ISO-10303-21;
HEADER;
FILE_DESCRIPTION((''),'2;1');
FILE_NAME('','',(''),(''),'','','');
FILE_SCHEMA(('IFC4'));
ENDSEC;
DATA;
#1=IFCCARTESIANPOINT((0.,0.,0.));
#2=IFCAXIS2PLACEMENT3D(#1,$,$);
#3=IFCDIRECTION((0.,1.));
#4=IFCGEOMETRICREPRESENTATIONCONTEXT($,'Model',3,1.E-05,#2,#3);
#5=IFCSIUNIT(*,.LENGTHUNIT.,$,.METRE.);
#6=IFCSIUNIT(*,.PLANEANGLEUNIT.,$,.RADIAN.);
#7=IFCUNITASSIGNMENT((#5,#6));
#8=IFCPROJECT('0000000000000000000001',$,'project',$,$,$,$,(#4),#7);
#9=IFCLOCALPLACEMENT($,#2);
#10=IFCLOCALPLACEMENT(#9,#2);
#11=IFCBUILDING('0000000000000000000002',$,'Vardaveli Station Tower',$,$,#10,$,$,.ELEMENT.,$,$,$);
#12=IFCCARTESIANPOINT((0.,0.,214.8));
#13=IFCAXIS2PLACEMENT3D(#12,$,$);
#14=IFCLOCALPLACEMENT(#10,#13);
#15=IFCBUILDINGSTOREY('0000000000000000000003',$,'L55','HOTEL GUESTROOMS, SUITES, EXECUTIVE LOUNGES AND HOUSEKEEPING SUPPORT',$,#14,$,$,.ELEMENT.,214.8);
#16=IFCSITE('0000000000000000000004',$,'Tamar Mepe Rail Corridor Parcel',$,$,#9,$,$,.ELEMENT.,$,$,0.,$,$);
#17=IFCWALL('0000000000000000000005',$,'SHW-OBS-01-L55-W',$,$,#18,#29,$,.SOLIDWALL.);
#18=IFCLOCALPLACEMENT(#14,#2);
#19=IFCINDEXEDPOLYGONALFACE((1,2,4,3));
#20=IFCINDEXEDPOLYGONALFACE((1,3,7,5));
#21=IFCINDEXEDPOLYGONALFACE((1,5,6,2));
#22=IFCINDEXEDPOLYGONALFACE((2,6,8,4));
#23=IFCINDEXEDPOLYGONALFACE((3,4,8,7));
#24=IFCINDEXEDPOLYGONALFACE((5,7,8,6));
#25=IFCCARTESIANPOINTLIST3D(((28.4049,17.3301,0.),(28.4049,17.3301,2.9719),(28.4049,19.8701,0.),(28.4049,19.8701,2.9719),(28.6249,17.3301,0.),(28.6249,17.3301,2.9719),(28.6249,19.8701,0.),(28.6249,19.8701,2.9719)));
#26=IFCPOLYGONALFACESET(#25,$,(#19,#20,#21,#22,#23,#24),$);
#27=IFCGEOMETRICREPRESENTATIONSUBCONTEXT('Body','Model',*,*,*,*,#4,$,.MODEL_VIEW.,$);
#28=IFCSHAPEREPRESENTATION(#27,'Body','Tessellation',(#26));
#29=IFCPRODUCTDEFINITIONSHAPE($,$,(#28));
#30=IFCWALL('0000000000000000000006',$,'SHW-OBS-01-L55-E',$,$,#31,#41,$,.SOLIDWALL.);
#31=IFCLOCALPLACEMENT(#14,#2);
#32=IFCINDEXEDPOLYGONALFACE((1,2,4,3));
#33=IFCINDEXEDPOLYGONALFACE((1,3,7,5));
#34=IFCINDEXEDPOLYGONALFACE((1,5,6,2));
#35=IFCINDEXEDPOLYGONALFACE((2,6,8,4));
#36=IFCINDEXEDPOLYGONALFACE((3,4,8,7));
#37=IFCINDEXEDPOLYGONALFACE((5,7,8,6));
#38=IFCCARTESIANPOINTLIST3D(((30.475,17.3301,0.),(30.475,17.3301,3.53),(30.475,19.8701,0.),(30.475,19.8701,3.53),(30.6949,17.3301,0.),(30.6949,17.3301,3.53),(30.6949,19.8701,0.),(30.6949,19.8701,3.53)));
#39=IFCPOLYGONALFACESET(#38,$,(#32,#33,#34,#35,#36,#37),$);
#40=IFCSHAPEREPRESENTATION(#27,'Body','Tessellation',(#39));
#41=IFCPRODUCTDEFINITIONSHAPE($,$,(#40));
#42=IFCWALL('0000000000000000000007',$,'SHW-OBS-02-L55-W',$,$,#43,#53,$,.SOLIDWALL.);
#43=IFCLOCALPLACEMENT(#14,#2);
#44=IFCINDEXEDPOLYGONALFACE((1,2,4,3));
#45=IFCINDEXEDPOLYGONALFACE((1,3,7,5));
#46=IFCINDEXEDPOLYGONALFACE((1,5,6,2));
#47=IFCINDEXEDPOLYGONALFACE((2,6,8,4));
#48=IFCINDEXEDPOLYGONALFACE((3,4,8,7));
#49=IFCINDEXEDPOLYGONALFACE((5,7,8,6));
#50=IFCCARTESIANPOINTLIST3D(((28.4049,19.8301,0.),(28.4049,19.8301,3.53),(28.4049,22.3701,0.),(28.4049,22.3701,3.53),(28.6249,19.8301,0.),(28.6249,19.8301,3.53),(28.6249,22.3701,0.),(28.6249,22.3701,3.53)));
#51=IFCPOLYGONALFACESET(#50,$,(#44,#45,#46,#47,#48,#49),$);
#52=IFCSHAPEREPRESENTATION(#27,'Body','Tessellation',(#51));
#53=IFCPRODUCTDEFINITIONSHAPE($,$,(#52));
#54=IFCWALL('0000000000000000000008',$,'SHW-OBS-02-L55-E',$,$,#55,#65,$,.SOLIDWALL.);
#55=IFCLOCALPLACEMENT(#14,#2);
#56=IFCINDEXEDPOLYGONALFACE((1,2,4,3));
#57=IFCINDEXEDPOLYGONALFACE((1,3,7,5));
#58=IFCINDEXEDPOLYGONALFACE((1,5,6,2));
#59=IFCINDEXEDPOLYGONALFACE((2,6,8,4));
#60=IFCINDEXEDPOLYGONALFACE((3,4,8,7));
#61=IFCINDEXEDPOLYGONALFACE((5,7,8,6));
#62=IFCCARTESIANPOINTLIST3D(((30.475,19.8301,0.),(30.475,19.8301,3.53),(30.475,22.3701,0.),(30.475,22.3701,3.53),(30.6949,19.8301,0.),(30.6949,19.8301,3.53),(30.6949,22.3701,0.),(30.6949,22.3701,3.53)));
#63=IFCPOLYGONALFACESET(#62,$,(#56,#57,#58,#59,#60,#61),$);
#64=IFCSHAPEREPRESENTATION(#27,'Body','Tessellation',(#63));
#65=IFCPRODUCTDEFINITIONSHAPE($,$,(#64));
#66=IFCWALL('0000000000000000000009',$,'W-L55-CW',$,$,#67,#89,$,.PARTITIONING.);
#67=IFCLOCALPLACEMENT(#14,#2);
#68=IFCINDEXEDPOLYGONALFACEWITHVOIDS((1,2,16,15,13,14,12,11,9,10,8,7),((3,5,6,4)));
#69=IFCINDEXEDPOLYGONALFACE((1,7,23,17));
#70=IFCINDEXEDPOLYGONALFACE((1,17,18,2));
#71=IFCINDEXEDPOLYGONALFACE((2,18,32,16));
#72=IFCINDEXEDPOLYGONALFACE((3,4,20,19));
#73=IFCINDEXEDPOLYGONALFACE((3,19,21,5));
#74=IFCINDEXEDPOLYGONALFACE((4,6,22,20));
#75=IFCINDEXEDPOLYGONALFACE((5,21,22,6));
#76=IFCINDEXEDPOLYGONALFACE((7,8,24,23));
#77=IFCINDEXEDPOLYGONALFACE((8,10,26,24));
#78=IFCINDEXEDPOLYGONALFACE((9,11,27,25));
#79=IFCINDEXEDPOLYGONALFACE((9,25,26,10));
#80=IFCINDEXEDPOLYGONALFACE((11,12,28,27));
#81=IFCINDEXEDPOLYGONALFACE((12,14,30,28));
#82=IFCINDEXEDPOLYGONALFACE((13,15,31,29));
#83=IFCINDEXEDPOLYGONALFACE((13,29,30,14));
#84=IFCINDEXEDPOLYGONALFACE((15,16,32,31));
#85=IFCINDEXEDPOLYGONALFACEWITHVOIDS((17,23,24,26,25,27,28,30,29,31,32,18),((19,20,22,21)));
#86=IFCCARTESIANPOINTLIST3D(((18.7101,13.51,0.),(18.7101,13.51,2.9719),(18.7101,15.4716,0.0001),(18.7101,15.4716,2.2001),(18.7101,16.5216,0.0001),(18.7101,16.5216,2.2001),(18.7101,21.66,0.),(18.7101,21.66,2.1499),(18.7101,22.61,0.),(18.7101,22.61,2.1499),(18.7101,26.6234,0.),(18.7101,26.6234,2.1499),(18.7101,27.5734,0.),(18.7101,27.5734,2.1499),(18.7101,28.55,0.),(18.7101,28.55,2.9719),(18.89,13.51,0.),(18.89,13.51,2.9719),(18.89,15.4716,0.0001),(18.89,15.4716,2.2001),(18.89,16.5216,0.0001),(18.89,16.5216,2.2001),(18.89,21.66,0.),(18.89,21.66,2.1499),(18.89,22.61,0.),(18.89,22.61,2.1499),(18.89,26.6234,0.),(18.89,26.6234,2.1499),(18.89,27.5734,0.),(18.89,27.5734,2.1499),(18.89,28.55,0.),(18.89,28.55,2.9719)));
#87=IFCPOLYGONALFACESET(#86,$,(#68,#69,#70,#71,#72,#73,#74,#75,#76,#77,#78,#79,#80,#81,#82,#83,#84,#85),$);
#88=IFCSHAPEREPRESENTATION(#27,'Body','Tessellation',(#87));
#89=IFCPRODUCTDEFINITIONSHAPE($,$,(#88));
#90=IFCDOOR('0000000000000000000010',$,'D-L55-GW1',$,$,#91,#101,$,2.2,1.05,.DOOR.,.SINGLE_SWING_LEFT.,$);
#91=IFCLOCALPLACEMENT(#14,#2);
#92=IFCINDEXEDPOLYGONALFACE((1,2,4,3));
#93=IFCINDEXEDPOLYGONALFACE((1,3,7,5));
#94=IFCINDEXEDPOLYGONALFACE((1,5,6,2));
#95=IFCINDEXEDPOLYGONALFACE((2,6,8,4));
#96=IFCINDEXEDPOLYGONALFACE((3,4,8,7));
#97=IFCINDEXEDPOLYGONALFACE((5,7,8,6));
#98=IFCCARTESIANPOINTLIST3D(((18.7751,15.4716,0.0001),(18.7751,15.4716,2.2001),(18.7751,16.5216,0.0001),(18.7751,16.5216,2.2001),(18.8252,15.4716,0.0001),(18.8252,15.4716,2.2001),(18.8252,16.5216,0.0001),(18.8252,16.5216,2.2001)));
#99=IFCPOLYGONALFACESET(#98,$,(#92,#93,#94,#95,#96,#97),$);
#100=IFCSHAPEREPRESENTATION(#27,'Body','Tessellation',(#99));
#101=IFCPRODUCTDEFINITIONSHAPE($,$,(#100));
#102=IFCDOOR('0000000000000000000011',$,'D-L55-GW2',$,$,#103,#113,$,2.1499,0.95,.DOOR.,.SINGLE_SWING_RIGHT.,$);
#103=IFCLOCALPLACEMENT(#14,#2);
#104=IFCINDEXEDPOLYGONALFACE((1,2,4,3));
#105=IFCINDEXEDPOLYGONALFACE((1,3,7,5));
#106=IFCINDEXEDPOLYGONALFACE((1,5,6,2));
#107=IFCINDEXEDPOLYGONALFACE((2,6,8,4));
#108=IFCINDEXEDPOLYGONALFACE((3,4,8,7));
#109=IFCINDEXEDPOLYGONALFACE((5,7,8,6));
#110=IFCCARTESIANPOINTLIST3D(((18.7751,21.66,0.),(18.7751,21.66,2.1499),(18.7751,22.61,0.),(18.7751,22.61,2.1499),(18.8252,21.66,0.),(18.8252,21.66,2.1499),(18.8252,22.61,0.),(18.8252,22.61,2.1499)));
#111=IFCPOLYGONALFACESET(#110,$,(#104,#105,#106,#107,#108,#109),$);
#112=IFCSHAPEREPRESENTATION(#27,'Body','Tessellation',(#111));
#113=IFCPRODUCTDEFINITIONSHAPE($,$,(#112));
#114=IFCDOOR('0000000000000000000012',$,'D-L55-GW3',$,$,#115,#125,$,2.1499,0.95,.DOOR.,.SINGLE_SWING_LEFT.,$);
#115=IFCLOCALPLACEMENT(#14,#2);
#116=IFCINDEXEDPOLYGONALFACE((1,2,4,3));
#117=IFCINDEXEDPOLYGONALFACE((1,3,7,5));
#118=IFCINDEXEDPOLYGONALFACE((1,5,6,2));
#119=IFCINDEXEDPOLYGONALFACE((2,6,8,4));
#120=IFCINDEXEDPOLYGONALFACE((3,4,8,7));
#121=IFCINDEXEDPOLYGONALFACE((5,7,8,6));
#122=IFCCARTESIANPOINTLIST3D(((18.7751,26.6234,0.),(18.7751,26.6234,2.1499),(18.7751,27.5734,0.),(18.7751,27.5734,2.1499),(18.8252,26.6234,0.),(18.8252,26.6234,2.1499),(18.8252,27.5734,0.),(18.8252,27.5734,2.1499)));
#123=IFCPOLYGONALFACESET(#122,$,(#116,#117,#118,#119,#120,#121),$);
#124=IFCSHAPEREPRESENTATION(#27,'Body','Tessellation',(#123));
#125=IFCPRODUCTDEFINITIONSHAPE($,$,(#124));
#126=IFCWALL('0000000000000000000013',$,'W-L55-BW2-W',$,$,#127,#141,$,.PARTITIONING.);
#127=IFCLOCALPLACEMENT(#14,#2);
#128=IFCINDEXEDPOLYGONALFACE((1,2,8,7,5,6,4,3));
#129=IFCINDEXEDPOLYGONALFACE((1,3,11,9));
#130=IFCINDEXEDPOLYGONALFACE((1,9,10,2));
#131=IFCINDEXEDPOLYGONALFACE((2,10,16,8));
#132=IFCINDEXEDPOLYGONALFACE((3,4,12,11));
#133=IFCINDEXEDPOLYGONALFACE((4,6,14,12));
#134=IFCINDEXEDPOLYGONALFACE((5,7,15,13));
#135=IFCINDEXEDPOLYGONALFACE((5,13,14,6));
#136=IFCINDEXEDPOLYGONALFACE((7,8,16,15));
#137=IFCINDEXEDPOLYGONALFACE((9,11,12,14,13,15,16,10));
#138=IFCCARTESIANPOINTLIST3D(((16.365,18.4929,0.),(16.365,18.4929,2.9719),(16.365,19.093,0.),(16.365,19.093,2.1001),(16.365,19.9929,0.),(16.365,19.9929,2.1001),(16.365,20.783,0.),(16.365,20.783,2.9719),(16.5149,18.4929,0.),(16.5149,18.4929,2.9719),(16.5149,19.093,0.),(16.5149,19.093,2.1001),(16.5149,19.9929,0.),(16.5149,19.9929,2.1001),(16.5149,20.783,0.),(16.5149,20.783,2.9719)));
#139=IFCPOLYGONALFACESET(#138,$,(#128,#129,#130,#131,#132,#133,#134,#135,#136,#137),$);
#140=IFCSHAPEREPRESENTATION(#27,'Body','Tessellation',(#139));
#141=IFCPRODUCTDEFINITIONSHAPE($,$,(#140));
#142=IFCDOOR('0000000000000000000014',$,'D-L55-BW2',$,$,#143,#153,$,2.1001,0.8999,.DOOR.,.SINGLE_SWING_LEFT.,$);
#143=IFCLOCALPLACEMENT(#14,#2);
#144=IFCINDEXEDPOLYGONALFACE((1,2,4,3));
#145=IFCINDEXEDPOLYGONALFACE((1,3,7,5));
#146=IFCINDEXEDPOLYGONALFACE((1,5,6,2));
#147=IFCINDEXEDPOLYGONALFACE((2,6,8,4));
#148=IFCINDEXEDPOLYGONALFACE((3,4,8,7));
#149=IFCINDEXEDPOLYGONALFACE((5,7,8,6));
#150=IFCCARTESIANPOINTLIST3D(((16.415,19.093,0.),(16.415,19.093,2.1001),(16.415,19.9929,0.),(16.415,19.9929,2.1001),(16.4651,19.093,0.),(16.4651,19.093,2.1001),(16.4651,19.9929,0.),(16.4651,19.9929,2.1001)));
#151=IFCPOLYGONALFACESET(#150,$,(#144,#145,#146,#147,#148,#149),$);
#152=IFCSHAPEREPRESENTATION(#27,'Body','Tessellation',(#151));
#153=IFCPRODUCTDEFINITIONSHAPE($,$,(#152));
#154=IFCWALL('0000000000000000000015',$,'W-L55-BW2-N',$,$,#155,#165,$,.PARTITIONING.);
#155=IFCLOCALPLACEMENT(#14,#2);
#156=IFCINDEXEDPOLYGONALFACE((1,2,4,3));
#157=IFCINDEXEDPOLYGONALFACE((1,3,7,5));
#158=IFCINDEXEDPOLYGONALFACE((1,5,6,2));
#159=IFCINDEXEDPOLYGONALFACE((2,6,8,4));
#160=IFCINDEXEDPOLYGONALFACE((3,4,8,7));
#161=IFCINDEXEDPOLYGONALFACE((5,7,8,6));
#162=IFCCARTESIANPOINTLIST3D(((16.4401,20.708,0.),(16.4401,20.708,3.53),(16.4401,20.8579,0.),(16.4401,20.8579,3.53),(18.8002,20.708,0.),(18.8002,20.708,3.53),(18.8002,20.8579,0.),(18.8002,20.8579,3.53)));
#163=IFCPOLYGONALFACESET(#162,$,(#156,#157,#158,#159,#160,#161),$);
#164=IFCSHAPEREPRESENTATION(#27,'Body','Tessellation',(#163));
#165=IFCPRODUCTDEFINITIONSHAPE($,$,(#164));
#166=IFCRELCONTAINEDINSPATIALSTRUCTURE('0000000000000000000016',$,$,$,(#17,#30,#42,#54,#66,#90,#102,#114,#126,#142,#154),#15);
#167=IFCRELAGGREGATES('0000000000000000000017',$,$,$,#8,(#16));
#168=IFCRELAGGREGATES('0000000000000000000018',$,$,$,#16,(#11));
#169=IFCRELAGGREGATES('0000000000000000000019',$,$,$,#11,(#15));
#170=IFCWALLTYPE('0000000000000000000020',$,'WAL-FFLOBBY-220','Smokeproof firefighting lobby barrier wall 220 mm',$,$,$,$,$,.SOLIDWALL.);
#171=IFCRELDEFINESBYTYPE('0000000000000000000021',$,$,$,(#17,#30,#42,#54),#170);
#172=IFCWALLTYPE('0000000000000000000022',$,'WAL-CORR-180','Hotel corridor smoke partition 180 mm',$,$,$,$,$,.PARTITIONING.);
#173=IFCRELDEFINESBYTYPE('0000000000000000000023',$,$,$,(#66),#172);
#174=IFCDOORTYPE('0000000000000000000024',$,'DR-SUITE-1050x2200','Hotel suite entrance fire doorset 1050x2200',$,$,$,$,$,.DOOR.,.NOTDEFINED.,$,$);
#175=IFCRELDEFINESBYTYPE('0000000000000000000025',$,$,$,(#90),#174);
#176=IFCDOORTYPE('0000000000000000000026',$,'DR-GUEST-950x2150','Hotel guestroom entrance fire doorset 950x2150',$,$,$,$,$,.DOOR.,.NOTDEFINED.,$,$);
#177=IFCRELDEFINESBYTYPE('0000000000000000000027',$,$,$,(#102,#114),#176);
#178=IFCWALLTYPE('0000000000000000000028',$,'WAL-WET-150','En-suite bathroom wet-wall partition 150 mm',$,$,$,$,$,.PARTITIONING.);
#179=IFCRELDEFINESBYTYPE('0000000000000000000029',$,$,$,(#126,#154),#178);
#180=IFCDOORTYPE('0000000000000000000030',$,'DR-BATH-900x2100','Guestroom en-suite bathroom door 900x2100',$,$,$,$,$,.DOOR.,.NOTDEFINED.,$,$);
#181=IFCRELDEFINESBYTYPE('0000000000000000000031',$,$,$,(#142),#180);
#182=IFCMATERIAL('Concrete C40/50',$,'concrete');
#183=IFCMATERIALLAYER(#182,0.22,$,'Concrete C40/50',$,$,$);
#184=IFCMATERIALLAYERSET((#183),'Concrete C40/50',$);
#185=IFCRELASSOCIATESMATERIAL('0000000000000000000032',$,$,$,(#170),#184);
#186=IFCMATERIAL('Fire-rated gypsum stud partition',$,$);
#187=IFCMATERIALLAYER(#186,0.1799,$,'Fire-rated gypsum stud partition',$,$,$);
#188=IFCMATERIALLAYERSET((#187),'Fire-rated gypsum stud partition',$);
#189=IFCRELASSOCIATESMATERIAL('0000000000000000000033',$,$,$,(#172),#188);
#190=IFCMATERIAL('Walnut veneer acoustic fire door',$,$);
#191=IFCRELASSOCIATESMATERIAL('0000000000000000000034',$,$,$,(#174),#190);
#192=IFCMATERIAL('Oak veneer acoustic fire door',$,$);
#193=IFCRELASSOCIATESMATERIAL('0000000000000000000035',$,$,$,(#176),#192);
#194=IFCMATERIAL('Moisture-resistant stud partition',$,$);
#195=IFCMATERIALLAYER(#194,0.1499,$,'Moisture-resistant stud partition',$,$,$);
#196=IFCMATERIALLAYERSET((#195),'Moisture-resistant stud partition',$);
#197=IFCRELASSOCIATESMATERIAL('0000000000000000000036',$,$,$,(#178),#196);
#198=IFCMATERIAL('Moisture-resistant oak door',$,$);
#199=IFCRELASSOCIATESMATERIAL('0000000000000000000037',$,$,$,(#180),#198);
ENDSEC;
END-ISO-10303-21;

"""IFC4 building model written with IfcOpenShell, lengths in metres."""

from ifc_helpers import new_model, si_unit, direction, frame, frame_2d, origin, place, context, subcontext, project, spatial, rectangle, extrude, source, transform, mapped, material, layer, layer_set, type_object, element, fill, save


model = new_model("IFC4")

# Units and contexts
model_context = context("Model", 3, precision=1e-05, world=origin(), true_north=direction((0.0, 1.0)))
body_context = subcontext(model_context, "Body", "Model", "MODEL_VIEW")
ifc_project = project(units=[si_unit("LENGTHUNIT", "METRE"), si_unit("PLANEANGLEUNIT", "RADIAN")], contexts=[model_context])

# Site, building, storey
site_placement = place(None, origin())
site = spatial("IfcSite", under=ifc_project, at=site_placement, Name="Tamar Mepe Rail Corridor Parcel", CompositionType="ELEMENT", RefElevation=0.0)
building_placement = place(site_placement, origin())
building = spatial("IfcBuilding", under=site, at=building_placement, Name="Vardaveli Station Tower", CompositionType="ELEMENT")
storey_placement = place(building_placement, frame((0.0, 0.0, 214.8)))
storey = spatial("IfcBuildingStorey", under=building, at=storey_placement, Name="L55", Description="HOTEL GUESTROOMS, SUITES, EXECUTIVE LOUNGES AND HOUSEKEEPING SUPPORT", CompositionType="ELEMENT", Elevation=214.8)

# Walls
ifc_material_1 = material(Name="Concrete C40/50", Category="concrete")
ifc_layer_1 = layer(ifc_material_1, 0.22, Name="Concrete C40/50")
ifc_layer_set_1 = layer_set([ifc_layer_1], Name="Concrete C40/50")
wall_type_1 = type_object("IfcWallType", Name="WAL-FFLOBBY-220", Description="Smokeproof firefighting lobby barrier wall 220 mm", PredefinedType="SOLIDWALL", material=ifc_layer_set_1)
shared_shape_1 = source(origin(), body_context, "Body", "SweptSolid", [
    extrude(rectangle(XDim=2.54, YDim=0.22, at=frame_2d((1.27, 0.0))), origin(), (0.0, 0.0, 1.0), 2.9719),
])
wall_1_placement = place(storey_placement, frame((28.5149, 17.3301, 0.0), z_axis=(0.0, 0.0, 1.0), x_axis=(0.0, 1.0, 0.0)))
element("IfcWall", 1, at=wall_1_placement, inside=storey, type_object=wall_type_1, Name="SHW-OBS-01-L55-W", PredefinedType="SOLIDWALL", context=body_context, shape_type="MappedRepresentation", body=[
    mapped(shared_shape_1, transform((0.0, 0.0, 0.0), scale=1.0)),
])
shared_shape_2 = source(origin(), body_context, "Body", "SweptSolid", [
    extrude(rectangle(XDim=2.54, YDim=0.22, at=frame_2d((1.27, 0.0))), origin(), (0.0, 0.0, 1.0), 3.53),
])
for number, where, z_axis, x_axis, name in (
    (2, (30.585, 17.3301, 0.0), (0.0, 0.0, 1.0), (0.0, 1.0, 0.0), "SHW-OBS-01-L55-E"),
    (3, (28.5149, 19.8301, 0.0), (0.0, 0.0, 1.0), (0.0, 1.0, 0.0), "SHW-OBS-02-L55-W"),
    (4, (30.585, 19.8301, 0.0), (0.0, 0.0, 1.0), (0.0, 1.0, 0.0), "SHW-OBS-02-L55-E"),
):
    element("IfcWall", number, at=place(storey_placement, frame(where, z_axis=z_axis, x_axis=x_axis)), inside=storey, type_object=wall_type_1, Name=name, PredefinedType="SOLIDWALL", context=body_context, shape_type="MappedRepresentation", body=[
        mapped(shared_shape_2, transform((0.0, 0.0, 0.0), scale=1.0)),
    ])

# Wall, openings, doors
ifc_material_2 = material(Name="Fire-rated gypsum stud partition")
ifc_layer_2 = layer(ifc_material_2, 0.1799, Name="Fire-rated gypsum stud partition")
ifc_layer_set_2 = layer_set([ifc_layer_2], Name="Fire-rated gypsum stud partition")
wall_type_2 = type_object("IfcWallType", Name="WAL-CORR-180", Description="Hotel corridor smoke partition 180 mm", PredefinedType="PARTITIONING", material=ifc_layer_set_2)
shared_shape_3 = source(origin(), body_context, "Body", "SweptSolid", [
    extrude(rectangle(XDim=15.04, YDim=0.1799, at=frame_2d((7.52, 0.0))), origin(), (0.0, 0.0, 1.0), 2.9719),
])
wall_2_placement = place(storey_placement, frame((18.8, 13.51, 0.0), z_axis=(0.0, 0.0, 1.0), x_axis=(0.0, 1.0, 0.0)))
wall_2 = element("IfcWall", 5, at=wall_2_placement, inside=storey, type_object=wall_type_2, Name="W-L55-CW", PredefinedType="PARTITIONING", context=body_context, shape_type="MappedRepresentation", body=[
    mapped(shared_shape_3, transform((0.0, 0.0, 0.0), scale=1.0)),
])
shared_shape_4 = source(origin(), body_context, "Body", "SweptSolid", [
    extrude(rectangle(XDim=1.05, YDim=2.2, at=frame_2d((0.5249, 1.1001))), frame((0.0, 0.1001, 0.0), z_axis=(0.0, -1.0, 0.0), x_axis=(1.0, 0.0, 0.0)), (0.0, 0.0, 1.0), 0.2),
])
opening_1_placement = place(wall_2_placement, frame((1.9617, 0.0, 0.0)))
opening_1 = element("IfcOpeningElement", 6, at=opening_1_placement, cuts=wall_2, PredefinedType="OPENING", context=body_context, shape_type="MappedRepresentation", body=[
    mapped(shared_shape_4, transform((0.0, 0.0, 0.0), scale=1.0)),
])
shared_shape_5 = source(origin(), body_context, "Body", "SweptSolid", [
    extrude(rectangle(XDim=0.95, YDim=2.1499, at=frame_2d((0.4751, 1.075))), frame((0.0, 0.1001, 0.0), z_axis=(0.0, -1.0, 0.0), x_axis=(1.0, 0.0, 0.0)), (0.0, 0.0, 1.0), 0.2),
])
opening_2_placement = place(wall_2_placement, frame((8.1499, 0.0, 0.0)))
opening_2 = element("IfcOpeningElement", 7, at=opening_2_placement, cuts=wall_2, PredefinedType="OPENING", context=body_context, shape_type="MappedRepresentation", body=[
    mapped(shared_shape_5, transform((0.0, 0.0, 0.0), scale=1.0)),
])
opening_3_placement = place(wall_2_placement, frame((13.1133, 0.0, 0.0)))
opening_3 = element("IfcOpeningElement", 8, at=opening_3_placement, cuts=wall_2, PredefinedType="OPENING", context=body_context, shape_type="MappedRepresentation", body=[
    mapped(shared_shape_5, transform((0.0, 0.0, 0.0), scale=1.0)),
])
ifc_material_3 = material(Name="Walnut veneer acoustic fire door")
door_type_1 = type_object("IfcDoorType", Name="DR-SUITE-1050x2200", Description="Hotel suite entrance fire doorset 1050x2200", OperationType="NOTDEFINED", PredefinedType="DOOR", material=ifc_material_3)
shared_shape_6 = source(origin(), body_context, "Body", "SweptSolid", [
    extrude(rectangle(XDim=1.05, YDim=2.2, at=frame_2d((0.5249, 1.1001))), frame((0.0, 0.0249, 0.0), z_axis=(0.0, -1.0, 0.0), x_axis=(1.0, 0.0, 0.0)), (0.0, 0.0, 1.0), 0.05),
])
door_1_placement = place(opening_1_placement, origin())
door_1 = element("IfcDoor", 9, at=door_1_placement, inside=storey, type_object=door_type_1, Name="D-L55-GW1", OperationType="SINGLE_SWING_LEFT", OverallHeight=2.2, OverallWidth=1.05, PredefinedType="DOOR", context=body_context, shape_type="MappedRepresentation", body=[
    mapped(shared_shape_6, transform((0.0, 0.0, 0.0), scale=1.0)),
])
fill(opening_1, door_1)
ifc_material_4 = material(Name="Oak veneer acoustic fire door")
door_type_2 = type_object("IfcDoorType", Name="DR-GUEST-950x2150", Description="Hotel guestroom entrance fire doorset 950x2150", OperationType="NOTDEFINED", PredefinedType="DOOR", material=ifc_material_4)
shared_shape_7 = source(origin(), body_context, "Body", "SweptSolid", [
    extrude(rectangle(XDim=0.95, YDim=2.1499, at=frame_2d((0.4751, 1.075))), frame((0.0, 0.0249, 0.0), z_axis=(0.0, -1.0, 0.0), x_axis=(1.0, 0.0, 0.0)), (0.0, 0.0, 1.0), 0.05),
])
door_2_placement = place(opening_2_placement, origin())
door_2 = element("IfcDoor", 10, at=door_2_placement, inside=storey, type_object=door_type_2, Name="D-L55-GW2", OperationType="SINGLE_SWING_RIGHT", OverallHeight=2.1499, OverallWidth=0.95, PredefinedType="DOOR", context=body_context, shape_type="MappedRepresentation", body=[
    mapped(shared_shape_7, transform((0.0, 0.0, 0.0), scale=1.0)),
])
fill(opening_2, door_2)
door_3_placement = place(opening_3_placement, origin())
door_3 = element("IfcDoor", 11, at=door_3_placement, inside=storey, type_object=door_type_2, Name="D-L55-GW3", OperationType="SINGLE_SWING_LEFT", OverallHeight=2.1499, OverallWidth=0.95, PredefinedType="DOOR", context=body_context, shape_type="MappedRepresentation", body=[
    mapped(shared_shape_7, transform((0.0, 0.0, 0.0), scale=1.0)),
])
fill(opening_3, door_3)

# Wall, opening, door
ifc_material_5 = material(Name="Moisture-resistant stud partition")
ifc_layer_3 = layer(ifc_material_5, 0.1499, Name="Moisture-resistant stud partition")
ifc_layer_set_3 = layer_set([ifc_layer_3], Name="Moisture-resistant stud partition")
wall_type_3 = type_object("IfcWallType", Name="WAL-WET-150", Description="En-suite bathroom wet-wall partition 150 mm", PredefinedType="PARTITIONING", material=ifc_layer_set_3)
shared_shape_8 = source(origin(), body_context, "Body", "SweptSolid", [
    extrude(rectangle(XDim=2.29, YDim=0.1499, at=frame_2d((1.145, 0.0))), origin(), (0.0, 0.0, 1.0), 2.9719),
])
wall_3_placement = place(storey_placement, frame((16.4399, 18.4929, 0.0), z_axis=(0.0, 0.0, 1.0), x_axis=(0.0, 1.0, 0.0)))
wall_3 = element("IfcWall", 12, at=wall_3_placement, inside=storey, type_object=wall_type_3, Name="W-L55-BW2-W", PredefinedType="PARTITIONING", context=body_context, shape_type="MappedRepresentation", body=[
    mapped(shared_shape_8, transform((0.0, 0.0, 0.0), scale=1.0)),
])
shared_shape_9 = source(origin(), body_context, "Body", "SweptSolid", [
    extrude(rectangle(XDim=0.8999, YDim=2.1001, at=frame_2d((0.45, 1.05))), frame((0.0, 0.085, 0.0), z_axis=(0.0, -1.0, 0.0), x_axis=(1.0, 0.0, 0.0)), (0.0, 0.0, 1.0), 0.1699),
])
opening_4_placement = place(wall_3_placement, frame((0.6001, 0.0, 0.0)))
opening_4 = element("IfcOpeningElement", 13, at=opening_4_placement, cuts=wall_3, PredefinedType="OPENING", context=body_context, shape_type="MappedRepresentation", body=[
    mapped(shared_shape_9, transform((0.0, 0.0, 0.0), scale=1.0)),
])
ifc_material_6 = material(Name="Moisture-resistant oak door")
door_type_3 = type_object("IfcDoorType", Name="DR-BATH-900x2100", Description="Guestroom en-suite bathroom door 900x2100", OperationType="NOTDEFINED", PredefinedType="DOOR", material=ifc_material_6)
shared_shape_10 = source(origin(), body_context, "Body", "SweptSolid", [
    extrude(rectangle(XDim=0.8999, YDim=2.1001, at=frame_2d((0.45, 1.05))), frame((0.0, 0.0249, 0.0), z_axis=(0.0, -1.0, 0.0), x_axis=(1.0, 0.0, 0.0)), (0.0, 0.0, 1.0), 0.05),
])
door_4_placement = place(opening_4_placement, origin())
door_4 = element("IfcDoor", 14, at=door_4_placement, inside=storey, type_object=door_type_3, Name="D-L55-BW2", OperationType="SINGLE_SWING_LEFT", OverallHeight=2.1001, OverallWidth=0.8999, PredefinedType="DOOR", context=body_context, shape_type="MappedRepresentation", body=[
    mapped(shared_shape_10, transform((0.0, 0.0, 0.0), scale=1.0)),
])
fill(opening_4, door_4)

# Wall
shared_shape_11 = source(origin(), body_context, "Body", "SweptSolid", [
    extrude(rectangle(XDim=2.3601, YDim=0.1499, at=frame_2d((1.1802, 0.0))), origin(), (0.0, 0.0, 1.0), 3.53),
])
wall_4_placement = place(storey_placement, frame((16.4399, 20.783, 0.0), z_axis=(0.0, 0.0, 1.0), x_axis=(1.0, 0.0, 0.0)))
element("IfcWall", 15, at=wall_4_placement, inside=storey, type_object=wall_type_3, Name="W-L55-BW2-N", PredefinedType="PARTITIONING", context=body_context, shape_type="MappedRepresentation", body=[
    mapped(shared_shape_11, transform((0.0, 0.0, 0.0), scale=1.0)),
])

save(model, "model.ifc")
